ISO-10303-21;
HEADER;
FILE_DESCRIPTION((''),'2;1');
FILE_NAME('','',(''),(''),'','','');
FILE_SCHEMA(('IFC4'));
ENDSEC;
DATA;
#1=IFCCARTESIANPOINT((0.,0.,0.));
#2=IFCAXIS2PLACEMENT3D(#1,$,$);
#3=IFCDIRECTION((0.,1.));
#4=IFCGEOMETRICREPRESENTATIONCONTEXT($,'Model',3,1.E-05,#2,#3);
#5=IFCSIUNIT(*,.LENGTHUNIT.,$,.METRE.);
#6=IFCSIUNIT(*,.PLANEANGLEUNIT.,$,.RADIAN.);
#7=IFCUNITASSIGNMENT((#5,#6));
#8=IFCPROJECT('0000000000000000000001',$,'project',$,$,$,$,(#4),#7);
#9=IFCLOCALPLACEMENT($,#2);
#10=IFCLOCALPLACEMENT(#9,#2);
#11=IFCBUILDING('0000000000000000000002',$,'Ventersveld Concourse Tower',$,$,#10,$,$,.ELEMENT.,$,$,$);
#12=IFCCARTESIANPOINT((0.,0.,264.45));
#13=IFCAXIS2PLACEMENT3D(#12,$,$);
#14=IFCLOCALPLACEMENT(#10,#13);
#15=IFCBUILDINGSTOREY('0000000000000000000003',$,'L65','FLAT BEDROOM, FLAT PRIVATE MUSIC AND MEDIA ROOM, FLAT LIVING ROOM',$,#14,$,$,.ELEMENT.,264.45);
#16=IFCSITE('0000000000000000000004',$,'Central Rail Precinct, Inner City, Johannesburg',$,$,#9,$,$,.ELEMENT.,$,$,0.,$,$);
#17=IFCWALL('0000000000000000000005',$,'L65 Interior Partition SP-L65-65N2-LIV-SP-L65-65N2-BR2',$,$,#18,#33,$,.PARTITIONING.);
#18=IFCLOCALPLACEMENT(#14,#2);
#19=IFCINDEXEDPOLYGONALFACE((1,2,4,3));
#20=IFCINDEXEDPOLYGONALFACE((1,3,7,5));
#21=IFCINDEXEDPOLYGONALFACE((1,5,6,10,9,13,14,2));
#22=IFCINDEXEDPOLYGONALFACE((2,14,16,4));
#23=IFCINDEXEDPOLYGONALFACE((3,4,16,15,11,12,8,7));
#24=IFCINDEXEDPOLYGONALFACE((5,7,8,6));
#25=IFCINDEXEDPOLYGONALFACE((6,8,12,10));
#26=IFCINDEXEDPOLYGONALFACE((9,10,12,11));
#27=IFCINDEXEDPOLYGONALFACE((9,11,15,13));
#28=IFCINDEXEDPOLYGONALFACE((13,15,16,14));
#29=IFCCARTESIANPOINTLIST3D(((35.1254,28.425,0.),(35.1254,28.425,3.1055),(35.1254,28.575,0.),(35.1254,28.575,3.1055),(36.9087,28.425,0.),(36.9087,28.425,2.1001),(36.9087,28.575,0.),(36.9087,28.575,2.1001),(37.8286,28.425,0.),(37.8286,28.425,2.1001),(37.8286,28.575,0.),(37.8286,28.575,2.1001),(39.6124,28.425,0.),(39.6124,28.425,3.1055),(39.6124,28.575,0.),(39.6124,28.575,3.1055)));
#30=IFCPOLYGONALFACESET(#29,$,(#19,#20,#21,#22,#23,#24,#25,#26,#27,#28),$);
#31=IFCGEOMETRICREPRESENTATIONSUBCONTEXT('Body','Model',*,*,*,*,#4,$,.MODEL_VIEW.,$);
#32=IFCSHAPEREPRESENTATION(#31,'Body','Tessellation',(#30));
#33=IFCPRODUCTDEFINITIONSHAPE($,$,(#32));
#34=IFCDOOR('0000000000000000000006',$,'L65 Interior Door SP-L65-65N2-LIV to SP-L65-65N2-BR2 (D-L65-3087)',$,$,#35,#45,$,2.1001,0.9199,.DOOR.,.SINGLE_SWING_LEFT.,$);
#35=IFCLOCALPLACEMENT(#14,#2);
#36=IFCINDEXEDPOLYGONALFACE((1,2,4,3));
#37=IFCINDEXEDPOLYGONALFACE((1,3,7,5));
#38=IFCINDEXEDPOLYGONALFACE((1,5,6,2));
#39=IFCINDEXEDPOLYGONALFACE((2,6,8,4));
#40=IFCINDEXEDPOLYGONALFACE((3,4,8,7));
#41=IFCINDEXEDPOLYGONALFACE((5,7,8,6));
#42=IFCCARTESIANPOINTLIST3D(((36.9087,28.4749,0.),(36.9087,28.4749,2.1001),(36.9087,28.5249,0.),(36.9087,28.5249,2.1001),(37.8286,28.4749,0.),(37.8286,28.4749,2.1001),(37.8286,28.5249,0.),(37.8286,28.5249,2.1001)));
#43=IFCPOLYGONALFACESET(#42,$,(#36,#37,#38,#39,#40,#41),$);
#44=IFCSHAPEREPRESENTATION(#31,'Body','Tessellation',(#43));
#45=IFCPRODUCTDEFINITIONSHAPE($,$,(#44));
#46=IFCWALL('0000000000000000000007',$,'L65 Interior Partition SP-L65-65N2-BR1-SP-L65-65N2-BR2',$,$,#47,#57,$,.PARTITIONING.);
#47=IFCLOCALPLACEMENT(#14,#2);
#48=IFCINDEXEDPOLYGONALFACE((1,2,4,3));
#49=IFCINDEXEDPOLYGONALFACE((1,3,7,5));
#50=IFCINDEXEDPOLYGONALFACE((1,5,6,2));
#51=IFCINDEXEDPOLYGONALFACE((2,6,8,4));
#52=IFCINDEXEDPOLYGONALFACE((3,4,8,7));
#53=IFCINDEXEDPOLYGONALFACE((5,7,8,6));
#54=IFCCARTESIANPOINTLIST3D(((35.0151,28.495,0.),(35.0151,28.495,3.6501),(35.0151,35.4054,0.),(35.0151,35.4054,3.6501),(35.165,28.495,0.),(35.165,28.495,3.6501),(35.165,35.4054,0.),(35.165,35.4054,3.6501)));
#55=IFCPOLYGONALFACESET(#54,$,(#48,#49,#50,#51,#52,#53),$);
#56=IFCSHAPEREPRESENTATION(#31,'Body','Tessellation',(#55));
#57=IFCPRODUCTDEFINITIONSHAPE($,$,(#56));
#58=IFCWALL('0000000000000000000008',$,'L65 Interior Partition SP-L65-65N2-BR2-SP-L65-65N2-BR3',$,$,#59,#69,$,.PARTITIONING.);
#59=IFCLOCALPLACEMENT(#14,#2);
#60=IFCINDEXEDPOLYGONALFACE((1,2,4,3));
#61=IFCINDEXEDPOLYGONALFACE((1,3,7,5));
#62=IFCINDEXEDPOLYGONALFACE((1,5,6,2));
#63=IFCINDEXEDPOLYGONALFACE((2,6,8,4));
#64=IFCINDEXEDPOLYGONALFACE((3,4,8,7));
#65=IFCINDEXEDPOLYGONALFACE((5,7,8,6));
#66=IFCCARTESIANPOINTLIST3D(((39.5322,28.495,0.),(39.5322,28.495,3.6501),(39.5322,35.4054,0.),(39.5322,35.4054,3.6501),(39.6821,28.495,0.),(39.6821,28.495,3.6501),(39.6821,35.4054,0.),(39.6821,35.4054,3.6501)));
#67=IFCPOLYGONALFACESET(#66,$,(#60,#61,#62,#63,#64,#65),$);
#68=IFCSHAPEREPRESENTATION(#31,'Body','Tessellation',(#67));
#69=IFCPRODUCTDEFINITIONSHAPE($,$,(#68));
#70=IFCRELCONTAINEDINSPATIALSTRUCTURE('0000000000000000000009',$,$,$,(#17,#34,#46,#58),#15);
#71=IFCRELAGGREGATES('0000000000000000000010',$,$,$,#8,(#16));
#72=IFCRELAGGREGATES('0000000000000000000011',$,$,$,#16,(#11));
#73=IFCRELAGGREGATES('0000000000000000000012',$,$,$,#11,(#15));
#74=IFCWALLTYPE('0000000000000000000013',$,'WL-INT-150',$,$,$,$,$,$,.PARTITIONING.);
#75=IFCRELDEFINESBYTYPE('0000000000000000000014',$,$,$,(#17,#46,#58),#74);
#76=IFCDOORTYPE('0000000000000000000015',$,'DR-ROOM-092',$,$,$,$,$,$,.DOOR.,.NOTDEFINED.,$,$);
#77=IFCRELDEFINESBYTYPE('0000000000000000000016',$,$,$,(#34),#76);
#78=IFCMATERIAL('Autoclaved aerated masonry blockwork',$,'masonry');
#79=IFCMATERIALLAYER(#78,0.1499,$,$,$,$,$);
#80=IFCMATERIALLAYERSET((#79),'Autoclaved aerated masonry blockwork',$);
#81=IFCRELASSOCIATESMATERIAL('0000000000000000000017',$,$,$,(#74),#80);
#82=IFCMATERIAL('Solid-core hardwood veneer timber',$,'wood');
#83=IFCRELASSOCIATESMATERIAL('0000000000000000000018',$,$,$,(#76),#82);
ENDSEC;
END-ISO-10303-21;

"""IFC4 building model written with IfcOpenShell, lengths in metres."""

from ifc_helpers import new_model, si_unit, direction, frame, frame_2d, origin, place, context, subcontext, project, spatial, rectangle, extrude, material, layer, layer_set, type_object, element, fill, save


model = new_model("IFC4")

# Units and contexts
model_context = context("Model", 3, precision=1e-05, world=origin(), true_north=direction((0.0, 1.0)))
body_context = subcontext(model_context, "Body", "Model", "MODEL_VIEW")
ifc_project = project(units=[si_unit("LENGTHUNIT", "METRE"), si_unit("PLANEANGLEUNIT", "RADIAN")], contexts=[model_context])

# Site, building, storey
site_placement = place(None, origin())
site = spatial("IfcSite", under=ifc_project, at=site_placement, Name="Central Rail Precinct, Inner City, Johannesburg", CompositionType="ELEMENT", RefElevation=0.0)
building_placement = place(site_placement, origin())
building = spatial("IfcBuilding", under=site, at=building_placement, Name="Ventersveld Concourse Tower", CompositionType="ELEMENT")
storey_placement = place(building_placement, frame((0.0, 0.0, 264.45)))
storey = spatial("IfcBuildingStorey", under=building, at=storey_placement, Name="L65", Description="FLAT BEDROOM, FLAT PRIVATE MUSIC AND MEDIA ROOM, FLAT LIVING ROOM", CompositionType="ELEMENT", Elevation=264.45)

# Shared definitions
ifc_material_1 = material(Name="Autoclaved aerated masonry blockwork", Category="masonry")
ifc_layer_1 = layer(ifc_material_1, 0.1499)
ifc_layer_set_1 = layer_set([ifc_layer_1], Name="Autoclaved aerated masonry blockwork")
wall_type_1 = type_object("IfcWallType", Name="WL-INT-150", PredefinedType="PARTITIONING", material=ifc_layer_set_1)

# Wall, opening, door
ifc_material_2 = material(Name="Solid-core hardwood veneer timber", Category="wood")
door_type = type_object("IfcDoorType", Name="DR-ROOM-092", OperationType="NOTDEFINED", PredefinedType="DOOR", material=ifc_material_2)
wall_1_placement = place(storey_placement, frame((35.1252, 28.5, 0.0), z_axis=(0.0, 0.0, 1.0), x_axis=(1.0, 0.0, 0.0)))
wall_1 = element("IfcWall", 1, at=wall_1_placement, inside=storey, type_object=wall_type_1, Name="L65 Interior Partition SP-L65-65N2-LIV-SP-L65-65N2-BR2", PredefinedType="PARTITIONING", context=body_context, shape_type="SweptSolid", body=[
    extrude(rectangle(XDim=4.4871, YDim=0.1499, at=frame_2d((2.2437, 0.0))), origin(), (0.0, 0.0, 1.0), 3.1055),
])
opening_1_placement = place(wall_1_placement, frame((1.7834, 0.0, 0.0)))
opening_1 = element("IfcOpeningElement", 2, at=opening_1_placement, cuts=wall_1, PredefinedType="OPENING", context=body_context, shape_type="SweptSolid", body=[
    extrude(rectangle(XDim=0.9199, YDim=2.1001, at=frame_2d((0.46, 1.05))), frame((0.0, 0.085, 0.0), z_axis=(0.0, -1.0, 0.0), x_axis=(1.0, 0.0, 0.0)), (0.0, 0.0, 1.0), 0.1699),
])
door_1_placement = place(opening_1_placement, origin())
door_1 = element("IfcDoor", 3, at=door_1_placement, inside=storey, type_object=door_type, Name="L65 Interior Door SP-L65-65N2-LIV to SP-L65-65N2-BR2 (D-L65-3087)", OperationType="SINGLE_SWING_LEFT", OverallHeight=2.1001, OverallWidth=0.9199, PredefinedType="DOOR", context=body_context, shape_type="SweptSolid", body=[
    extrude(rectangle(XDim=0.9199, YDim=2.1001, at=frame_2d((0.46, 1.05))), frame((0.0, 0.0249, 0.0), z_axis=(0.0, -1.0, 0.0), x_axis=(1.0, 0.0, 0.0)), (0.0, 0.0, 1.0), 0.05),
])
fill(opening_1, door_1)

# Walls
for number, where, z_axis, x_axis, name in (
    (4, (35.0901, 28.4951, 0.0), (0.0, 0.0, 1.0), (0.0, 1.0, 0.0), "L65 Interior Partition SP-L65-65N2-BR1-SP-L65-65N2-BR2"),
    (5, (39.6072, 28.4951, 0.0), (0.0, 0.0, 1.0), (0.0, 1.0, 0.0), "L65 Interior Partition SP-L65-65N2-BR2-SP-L65-65N2-BR3"),
):
    element("IfcWall", number, at=place(storey_placement, frame(where, z_axis=z_axis, x_axis=x_axis)), inside=storey, type_object=wall_type_1, Name=name, PredefinedType="PARTITIONING", context=body_context, shape_type="SweptSolid", body=[
        extrude(rectangle(XDim=6.9104, YDim=0.1499, at=frame_2d((3.4551, 0.0))), origin(), (0.0, 0.0, 1.0), 3.6501),
    ])

save(model, "model.ifc")
